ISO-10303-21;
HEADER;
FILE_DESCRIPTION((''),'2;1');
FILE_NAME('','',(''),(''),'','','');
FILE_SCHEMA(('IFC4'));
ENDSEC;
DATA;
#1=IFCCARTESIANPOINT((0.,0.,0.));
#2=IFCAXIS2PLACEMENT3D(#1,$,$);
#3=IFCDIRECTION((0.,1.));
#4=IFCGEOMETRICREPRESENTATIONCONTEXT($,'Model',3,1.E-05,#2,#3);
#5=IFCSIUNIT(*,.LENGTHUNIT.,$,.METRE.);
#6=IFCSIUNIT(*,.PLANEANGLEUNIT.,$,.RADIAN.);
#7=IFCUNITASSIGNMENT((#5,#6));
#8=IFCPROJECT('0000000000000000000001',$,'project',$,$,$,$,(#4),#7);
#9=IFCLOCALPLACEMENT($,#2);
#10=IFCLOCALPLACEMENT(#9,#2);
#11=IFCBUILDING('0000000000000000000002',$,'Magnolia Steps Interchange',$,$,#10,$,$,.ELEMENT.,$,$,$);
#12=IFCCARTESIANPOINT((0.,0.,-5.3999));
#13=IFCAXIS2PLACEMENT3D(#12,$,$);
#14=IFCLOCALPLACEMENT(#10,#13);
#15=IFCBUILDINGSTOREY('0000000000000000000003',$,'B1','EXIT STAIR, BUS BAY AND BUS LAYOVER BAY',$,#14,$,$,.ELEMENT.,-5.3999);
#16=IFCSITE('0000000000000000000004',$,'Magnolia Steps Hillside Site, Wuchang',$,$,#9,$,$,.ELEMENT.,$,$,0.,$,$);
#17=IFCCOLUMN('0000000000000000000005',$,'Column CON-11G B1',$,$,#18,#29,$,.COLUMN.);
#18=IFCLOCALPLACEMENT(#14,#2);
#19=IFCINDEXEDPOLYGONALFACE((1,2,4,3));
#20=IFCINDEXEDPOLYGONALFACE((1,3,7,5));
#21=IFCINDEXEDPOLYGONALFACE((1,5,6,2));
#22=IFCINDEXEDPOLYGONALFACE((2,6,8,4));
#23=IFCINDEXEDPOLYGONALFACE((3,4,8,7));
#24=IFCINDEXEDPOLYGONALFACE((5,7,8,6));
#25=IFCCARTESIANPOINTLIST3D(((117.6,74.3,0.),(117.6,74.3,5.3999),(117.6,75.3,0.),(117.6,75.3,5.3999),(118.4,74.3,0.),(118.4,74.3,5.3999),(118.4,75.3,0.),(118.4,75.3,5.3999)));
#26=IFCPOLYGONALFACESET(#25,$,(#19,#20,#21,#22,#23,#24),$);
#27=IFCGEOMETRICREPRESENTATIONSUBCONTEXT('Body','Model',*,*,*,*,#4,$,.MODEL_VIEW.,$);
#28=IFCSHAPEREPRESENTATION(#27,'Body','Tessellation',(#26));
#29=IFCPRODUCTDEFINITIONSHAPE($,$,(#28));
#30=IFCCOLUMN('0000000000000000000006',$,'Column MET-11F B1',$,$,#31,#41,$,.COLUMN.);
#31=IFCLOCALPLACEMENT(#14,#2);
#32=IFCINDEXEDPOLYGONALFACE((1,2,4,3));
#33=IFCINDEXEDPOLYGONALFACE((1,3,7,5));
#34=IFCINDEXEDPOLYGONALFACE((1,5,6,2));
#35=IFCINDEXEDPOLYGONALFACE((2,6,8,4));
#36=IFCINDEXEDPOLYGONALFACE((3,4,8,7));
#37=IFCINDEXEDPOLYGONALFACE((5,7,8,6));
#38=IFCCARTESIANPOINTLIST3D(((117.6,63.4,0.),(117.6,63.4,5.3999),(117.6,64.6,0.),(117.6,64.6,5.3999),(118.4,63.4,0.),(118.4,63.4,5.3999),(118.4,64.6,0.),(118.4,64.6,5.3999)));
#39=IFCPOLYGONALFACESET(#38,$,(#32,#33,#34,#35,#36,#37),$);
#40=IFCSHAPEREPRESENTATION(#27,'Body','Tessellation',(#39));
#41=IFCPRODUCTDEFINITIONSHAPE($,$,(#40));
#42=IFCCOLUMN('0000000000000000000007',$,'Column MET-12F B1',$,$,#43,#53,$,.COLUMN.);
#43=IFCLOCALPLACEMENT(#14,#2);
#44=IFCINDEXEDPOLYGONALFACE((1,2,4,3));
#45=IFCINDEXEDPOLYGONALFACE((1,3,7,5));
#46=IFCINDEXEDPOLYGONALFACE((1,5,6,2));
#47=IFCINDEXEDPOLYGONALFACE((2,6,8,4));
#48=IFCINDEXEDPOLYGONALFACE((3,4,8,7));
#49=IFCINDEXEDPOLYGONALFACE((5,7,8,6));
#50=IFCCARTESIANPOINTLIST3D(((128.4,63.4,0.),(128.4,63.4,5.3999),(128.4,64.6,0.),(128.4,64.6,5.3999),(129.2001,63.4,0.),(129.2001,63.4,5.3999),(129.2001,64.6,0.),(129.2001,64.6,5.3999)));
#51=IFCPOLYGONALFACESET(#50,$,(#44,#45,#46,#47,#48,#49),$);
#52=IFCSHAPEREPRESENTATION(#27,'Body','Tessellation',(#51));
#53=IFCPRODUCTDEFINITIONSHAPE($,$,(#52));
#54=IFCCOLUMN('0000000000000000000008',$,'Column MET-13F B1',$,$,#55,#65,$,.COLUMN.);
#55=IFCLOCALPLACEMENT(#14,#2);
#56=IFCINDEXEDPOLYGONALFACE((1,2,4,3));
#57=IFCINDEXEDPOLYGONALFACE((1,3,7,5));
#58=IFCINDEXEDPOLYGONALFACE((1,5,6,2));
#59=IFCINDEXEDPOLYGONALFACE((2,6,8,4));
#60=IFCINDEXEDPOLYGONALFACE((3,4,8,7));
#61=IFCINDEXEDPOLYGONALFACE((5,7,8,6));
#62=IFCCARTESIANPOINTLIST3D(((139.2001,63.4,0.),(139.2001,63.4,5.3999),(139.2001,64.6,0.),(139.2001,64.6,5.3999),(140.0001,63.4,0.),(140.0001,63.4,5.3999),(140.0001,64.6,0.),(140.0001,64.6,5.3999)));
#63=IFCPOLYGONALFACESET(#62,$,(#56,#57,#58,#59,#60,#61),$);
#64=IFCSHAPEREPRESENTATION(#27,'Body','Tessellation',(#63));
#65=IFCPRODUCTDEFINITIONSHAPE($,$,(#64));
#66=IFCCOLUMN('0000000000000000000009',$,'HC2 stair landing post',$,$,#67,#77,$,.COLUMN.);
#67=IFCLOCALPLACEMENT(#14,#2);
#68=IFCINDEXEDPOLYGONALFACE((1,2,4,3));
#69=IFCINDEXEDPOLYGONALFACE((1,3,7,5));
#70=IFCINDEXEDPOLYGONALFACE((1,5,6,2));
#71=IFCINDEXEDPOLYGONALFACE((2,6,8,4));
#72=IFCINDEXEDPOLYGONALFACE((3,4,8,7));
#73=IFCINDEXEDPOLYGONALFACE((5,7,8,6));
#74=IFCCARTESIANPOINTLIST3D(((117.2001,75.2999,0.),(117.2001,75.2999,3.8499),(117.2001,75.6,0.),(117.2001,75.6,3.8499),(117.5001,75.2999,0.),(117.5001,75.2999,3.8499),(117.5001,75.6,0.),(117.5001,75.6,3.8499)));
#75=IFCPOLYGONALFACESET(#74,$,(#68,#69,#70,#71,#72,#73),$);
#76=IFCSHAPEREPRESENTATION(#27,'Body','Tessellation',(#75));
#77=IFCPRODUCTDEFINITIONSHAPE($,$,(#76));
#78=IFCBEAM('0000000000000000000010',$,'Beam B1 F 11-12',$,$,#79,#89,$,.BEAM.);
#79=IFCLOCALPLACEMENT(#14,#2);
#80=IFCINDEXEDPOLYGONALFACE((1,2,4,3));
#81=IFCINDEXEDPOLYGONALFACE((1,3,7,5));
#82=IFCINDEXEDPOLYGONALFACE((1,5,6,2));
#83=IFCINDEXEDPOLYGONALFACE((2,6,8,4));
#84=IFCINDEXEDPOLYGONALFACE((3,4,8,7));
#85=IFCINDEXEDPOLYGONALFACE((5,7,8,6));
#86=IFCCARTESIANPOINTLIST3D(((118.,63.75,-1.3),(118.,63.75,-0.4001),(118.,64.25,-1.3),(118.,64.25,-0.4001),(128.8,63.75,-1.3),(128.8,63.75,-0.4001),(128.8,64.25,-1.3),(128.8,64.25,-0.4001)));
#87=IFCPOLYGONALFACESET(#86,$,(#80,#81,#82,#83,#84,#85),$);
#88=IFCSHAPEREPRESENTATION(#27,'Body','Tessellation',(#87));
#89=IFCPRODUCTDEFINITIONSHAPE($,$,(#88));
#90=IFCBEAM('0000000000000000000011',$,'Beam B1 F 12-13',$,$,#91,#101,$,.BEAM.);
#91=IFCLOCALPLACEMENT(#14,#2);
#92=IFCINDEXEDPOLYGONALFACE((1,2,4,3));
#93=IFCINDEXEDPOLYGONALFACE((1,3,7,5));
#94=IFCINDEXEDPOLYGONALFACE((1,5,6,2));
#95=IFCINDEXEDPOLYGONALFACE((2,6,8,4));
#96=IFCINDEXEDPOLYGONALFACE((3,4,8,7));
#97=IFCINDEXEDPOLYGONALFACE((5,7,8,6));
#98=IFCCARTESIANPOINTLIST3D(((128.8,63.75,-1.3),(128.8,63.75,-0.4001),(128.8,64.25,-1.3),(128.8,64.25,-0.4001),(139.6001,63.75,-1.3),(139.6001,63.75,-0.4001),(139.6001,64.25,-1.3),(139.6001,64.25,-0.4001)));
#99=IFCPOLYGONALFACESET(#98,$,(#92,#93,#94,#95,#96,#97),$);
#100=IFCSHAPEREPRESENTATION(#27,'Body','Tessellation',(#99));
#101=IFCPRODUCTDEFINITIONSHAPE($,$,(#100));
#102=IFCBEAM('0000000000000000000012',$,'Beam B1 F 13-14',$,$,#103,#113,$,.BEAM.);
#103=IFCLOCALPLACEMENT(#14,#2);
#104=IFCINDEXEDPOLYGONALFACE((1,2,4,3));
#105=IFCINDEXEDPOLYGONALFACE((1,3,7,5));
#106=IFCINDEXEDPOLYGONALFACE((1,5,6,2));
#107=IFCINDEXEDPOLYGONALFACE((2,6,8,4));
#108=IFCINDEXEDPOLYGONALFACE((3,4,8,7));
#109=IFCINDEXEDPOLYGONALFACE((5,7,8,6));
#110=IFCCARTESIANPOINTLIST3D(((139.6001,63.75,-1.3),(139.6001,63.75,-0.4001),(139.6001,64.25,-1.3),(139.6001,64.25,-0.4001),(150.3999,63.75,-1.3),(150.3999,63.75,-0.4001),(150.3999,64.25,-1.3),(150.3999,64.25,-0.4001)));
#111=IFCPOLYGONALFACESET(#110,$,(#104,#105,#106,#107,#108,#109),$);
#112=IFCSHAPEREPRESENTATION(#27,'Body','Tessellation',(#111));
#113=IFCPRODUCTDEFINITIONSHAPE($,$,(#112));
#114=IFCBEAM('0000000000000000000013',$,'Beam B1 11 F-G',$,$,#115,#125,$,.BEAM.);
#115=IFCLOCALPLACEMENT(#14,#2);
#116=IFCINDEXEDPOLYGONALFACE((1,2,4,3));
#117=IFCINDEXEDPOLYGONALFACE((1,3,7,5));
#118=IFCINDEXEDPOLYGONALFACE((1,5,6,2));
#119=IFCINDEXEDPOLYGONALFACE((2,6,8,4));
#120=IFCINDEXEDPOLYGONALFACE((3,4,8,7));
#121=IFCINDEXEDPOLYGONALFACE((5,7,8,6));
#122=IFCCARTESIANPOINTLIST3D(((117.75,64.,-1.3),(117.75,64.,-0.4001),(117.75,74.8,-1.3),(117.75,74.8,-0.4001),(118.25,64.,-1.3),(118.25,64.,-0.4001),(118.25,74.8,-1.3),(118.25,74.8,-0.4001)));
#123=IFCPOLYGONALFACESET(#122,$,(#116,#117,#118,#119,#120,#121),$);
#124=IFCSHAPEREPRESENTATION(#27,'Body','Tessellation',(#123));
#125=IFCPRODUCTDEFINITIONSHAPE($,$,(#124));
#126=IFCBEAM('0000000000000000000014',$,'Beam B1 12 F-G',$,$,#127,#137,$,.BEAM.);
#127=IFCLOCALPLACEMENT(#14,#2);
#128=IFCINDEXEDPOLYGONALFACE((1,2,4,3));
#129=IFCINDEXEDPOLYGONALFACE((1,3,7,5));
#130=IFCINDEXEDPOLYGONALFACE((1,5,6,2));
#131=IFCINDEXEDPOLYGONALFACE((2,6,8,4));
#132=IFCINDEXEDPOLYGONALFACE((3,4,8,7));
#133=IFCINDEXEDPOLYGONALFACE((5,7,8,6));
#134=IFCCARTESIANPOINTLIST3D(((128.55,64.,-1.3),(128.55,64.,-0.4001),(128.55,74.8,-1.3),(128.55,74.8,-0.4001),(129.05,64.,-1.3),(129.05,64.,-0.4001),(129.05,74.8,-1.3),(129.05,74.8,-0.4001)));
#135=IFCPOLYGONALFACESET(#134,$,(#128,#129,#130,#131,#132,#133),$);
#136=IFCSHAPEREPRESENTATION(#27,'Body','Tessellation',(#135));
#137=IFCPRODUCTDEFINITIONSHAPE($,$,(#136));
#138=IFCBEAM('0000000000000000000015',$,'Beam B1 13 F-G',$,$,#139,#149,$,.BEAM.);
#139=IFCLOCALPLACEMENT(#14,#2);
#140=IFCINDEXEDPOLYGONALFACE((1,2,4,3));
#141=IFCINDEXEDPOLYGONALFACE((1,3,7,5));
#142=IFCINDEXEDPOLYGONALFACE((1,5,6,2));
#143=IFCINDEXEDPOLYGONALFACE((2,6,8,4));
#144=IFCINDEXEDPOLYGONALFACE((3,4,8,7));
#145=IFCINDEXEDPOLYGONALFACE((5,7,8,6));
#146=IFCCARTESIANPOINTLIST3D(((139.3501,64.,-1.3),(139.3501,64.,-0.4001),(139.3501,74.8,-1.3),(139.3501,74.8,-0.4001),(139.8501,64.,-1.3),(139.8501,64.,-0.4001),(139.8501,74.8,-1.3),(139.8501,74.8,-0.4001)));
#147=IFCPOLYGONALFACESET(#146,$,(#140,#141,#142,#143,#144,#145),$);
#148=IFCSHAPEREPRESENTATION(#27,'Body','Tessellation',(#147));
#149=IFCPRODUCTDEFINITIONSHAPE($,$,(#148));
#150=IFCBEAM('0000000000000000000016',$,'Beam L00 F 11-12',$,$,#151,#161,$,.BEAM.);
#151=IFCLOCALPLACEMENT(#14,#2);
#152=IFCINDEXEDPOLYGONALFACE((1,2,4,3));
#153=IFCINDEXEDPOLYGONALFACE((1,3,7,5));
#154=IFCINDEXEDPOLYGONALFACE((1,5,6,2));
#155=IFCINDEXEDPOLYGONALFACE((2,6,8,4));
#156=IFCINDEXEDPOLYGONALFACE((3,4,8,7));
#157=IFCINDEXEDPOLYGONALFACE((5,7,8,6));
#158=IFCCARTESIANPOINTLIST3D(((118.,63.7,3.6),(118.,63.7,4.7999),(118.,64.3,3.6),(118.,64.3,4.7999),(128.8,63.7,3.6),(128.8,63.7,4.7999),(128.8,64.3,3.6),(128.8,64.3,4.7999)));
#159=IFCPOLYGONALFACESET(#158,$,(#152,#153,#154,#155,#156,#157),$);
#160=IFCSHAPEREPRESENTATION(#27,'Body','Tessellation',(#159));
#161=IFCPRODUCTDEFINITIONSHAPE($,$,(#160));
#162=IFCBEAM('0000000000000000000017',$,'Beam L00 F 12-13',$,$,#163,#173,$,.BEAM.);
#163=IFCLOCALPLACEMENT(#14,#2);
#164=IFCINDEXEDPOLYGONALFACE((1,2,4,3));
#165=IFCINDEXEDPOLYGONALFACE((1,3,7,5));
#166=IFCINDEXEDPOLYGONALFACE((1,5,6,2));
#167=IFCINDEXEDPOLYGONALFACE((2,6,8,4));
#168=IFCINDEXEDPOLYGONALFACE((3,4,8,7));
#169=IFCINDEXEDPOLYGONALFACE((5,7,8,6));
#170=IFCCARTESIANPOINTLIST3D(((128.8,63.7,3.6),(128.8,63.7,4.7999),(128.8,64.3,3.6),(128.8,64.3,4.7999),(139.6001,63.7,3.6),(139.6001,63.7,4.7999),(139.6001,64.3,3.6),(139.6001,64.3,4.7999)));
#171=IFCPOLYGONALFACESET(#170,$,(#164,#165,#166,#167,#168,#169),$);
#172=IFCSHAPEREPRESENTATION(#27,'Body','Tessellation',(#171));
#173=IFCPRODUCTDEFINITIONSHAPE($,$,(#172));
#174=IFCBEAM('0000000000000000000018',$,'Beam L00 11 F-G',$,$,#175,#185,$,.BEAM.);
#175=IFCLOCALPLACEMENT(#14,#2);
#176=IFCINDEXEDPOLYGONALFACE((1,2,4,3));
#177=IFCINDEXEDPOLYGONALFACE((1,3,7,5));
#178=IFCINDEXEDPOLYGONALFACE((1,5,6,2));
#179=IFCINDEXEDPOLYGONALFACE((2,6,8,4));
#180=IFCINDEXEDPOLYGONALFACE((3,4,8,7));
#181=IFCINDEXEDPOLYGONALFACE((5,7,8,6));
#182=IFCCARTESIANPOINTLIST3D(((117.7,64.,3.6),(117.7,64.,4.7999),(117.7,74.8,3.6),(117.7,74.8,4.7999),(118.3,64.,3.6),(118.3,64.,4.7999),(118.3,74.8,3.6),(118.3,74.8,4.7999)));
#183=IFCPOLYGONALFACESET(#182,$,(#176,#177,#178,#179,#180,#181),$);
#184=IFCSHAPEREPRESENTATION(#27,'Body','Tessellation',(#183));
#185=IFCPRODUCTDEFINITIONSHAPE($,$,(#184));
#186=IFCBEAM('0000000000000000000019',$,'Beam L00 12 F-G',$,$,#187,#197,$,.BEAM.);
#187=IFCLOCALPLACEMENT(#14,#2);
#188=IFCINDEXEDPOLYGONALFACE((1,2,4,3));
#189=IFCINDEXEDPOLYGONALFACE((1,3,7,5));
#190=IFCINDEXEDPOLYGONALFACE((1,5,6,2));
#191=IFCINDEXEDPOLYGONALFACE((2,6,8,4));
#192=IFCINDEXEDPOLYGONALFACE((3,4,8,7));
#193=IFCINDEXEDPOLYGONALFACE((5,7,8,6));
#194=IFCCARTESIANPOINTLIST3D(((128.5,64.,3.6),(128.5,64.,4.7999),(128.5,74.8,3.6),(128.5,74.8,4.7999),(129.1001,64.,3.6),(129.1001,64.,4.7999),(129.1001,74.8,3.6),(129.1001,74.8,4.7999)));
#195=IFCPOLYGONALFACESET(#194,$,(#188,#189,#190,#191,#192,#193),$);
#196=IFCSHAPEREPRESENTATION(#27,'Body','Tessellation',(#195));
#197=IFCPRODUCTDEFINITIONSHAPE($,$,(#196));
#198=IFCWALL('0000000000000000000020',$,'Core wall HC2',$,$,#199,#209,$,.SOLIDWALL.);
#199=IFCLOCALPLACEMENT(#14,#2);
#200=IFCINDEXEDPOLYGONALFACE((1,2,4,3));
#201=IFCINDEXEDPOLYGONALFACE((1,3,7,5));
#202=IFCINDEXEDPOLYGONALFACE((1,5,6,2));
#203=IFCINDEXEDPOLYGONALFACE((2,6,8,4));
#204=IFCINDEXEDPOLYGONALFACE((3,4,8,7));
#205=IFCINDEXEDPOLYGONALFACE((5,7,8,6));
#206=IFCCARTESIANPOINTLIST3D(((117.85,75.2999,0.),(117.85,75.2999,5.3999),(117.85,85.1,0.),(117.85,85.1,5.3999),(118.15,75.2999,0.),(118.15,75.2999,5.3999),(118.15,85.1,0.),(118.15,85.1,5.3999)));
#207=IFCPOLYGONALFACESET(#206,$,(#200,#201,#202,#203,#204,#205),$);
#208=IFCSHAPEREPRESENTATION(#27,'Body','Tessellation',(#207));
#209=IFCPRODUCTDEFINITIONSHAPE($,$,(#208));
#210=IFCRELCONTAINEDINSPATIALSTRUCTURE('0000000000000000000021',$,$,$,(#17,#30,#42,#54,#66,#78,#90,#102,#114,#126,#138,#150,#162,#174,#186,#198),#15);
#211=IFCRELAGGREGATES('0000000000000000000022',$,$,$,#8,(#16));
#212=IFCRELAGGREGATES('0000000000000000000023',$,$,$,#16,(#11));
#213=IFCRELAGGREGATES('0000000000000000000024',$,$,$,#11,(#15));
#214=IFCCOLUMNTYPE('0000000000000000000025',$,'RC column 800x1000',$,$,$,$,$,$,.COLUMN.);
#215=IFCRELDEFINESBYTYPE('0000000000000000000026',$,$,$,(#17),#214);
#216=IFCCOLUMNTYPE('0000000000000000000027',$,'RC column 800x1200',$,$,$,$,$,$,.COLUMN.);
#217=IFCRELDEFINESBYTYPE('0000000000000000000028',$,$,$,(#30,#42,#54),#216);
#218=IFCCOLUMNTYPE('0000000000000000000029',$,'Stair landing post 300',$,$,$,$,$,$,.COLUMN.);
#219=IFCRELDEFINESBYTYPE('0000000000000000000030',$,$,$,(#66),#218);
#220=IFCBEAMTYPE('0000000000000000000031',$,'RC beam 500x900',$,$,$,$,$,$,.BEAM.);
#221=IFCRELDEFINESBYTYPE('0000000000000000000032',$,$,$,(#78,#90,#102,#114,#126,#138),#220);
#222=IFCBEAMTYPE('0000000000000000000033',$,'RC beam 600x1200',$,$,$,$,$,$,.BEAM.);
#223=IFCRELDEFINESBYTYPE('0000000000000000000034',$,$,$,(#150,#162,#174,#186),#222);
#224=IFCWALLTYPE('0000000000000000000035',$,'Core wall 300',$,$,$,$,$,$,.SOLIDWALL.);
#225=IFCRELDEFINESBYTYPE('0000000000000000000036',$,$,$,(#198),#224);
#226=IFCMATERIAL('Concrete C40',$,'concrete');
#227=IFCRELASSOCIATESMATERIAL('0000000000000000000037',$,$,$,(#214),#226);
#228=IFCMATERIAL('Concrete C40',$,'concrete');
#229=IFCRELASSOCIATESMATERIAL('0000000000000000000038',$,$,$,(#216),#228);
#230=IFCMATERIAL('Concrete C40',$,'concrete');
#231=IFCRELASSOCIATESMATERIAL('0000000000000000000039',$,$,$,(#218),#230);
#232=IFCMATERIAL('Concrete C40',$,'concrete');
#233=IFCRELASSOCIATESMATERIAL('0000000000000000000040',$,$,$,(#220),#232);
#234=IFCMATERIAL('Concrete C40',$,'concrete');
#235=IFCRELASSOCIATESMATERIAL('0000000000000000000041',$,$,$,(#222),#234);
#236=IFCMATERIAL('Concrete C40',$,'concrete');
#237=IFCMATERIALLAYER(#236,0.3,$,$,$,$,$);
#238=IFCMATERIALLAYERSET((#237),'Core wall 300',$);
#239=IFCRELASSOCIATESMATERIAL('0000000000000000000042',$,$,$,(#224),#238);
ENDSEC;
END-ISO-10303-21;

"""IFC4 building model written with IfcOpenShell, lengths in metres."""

from ifc_helpers import new_model, si_unit, direction, frame, frame_2d, origin, origin_2d, place, context, subcontext, project, spatial, rectangle, extrude, material, layer, layer_set, material_profile, profile_set, type_object, element, save


model = new_model("IFC4")

# Units and contexts
model_context = context("Model", 3, precision=1e-05, world=origin(), true_north=direction((0.0, 1.0)))
body_context = subcontext(model_context, "Body", "Model", "MODEL_VIEW")
ifc_project = project(units=[si_unit("LENGTHUNIT", "METRE"), si_unit("PLANEANGLEUNIT", "RADIAN")], contexts=[model_context])

# Site, building, storey
site_placement = place(None, origin())
site = spatial("IfcSite", under=ifc_project, at=site_placement, Name="Magnolia Steps Hillside Site, Wuchang", CompositionType="ELEMENT", RefElevation=0.0)
building_placement = place(site_placement, origin())
building = spatial("IfcBuilding", under=site, at=building_placement, Name="Magnolia Steps Interchange", CompositionType="ELEMENT")
storey_placement = place(building_placement, frame((0.0, 0.0, -5.3999)))
storey = spatial("IfcBuildingStorey", under=building, at=storey_placement, Name="B1", Description="EXIT STAIR, BUS BAY AND BUS LAYOVER BAY", CompositionType="ELEMENT", Elevation=-5.3999)

# Columns
ifc_material_1 = material(Name="Concrete C40", Category="concrete")
ifc_material_profile_1 = material_profile(ifc_material_1, rectangle(XDim=0.8, YDim=1.0, at=origin_2d()), Name="RC800x1000")
ifc_profile_set_1 = profile_set([ifc_material_profile_1], Name="Concrete C40")
column_type_1 = type_object("IfcColumnType", Name="RC column 800x1000", PredefinedType="COLUMN", material=ifc_profile_set_1)
column_1_placement = place(storey_placement, frame((118.0, 74.8, 0.0), z_axis=(0.0, 0.0, 1.0), x_axis=(1.0, 0.0, 0.0)))
element("IfcColumn", 1, at=column_1_placement, inside=storey, type_object=column_type_1, Name="Column CON-11G B1", PredefinedType="COLUMN", context=body_context, shape_type="SweptSolid", body=[
    extrude(rectangle(XDim=0.8, YDim=1.0, at=origin_2d()), origin(), (0.0, 0.0, 1.0), 5.3999),
])
ifc_material_2 = material(Name="Concrete C40", Category="concrete")
ifc_material_profile_2 = material_profile(ifc_material_2, rectangle(XDim=0.8, YDim=1.2, at=origin_2d()), Name="RC800x1200")
ifc_profile_set_2 = profile_set([ifc_material_profile_2], Name="Concrete C40")
column_type_2 = type_object("IfcColumnType", Name="RC column 800x1200", PredefinedType="COLUMN", material=ifc_profile_set_2)
for number, where, z_axis, x_axis, name in (
    (2, (118.0, 64.0, 0.0), (0.0, 0.0, 1.0), (1.0, 0.0, 0.0), "Column MET-11F B1"),
    (3, (128.8, 64.0, 0.0), (0.0, 0.0, 1.0), (1.0, 0.0, 0.0), "Column MET-12F B1"),
    (4, (139.6001, 64.0, 0.0), (0.0, 0.0, 1.0), (1.0, 0.0, 0.0), "Column MET-13F B1"),
):
    element("IfcColumn", number, at=place(storey_placement, frame(where, z_axis=z_axis, x_axis=x_axis)), inside=storey, type_object=column_type_2, Name=name, PredefinedType="COLUMN", context=body_context, shape_type="SweptSolid", body=[
        extrude(rectangle(XDim=0.8, YDim=1.2, at=origin_2d()), origin(), (0.0, 0.0, 1.0), 5.3999),
    ])
ifc_material_3 = material(Name="Concrete C40", Category="concrete")
ifc_material_profile_3 = material_profile(ifc_material_3, rectangle(XDim=0.3, YDim=0.3, at=origin_2d()), Name="RC300x300")
ifc_profile_set_3 = profile_set([ifc_material_profile_3], Name="Concrete C40")
column_type_3 = type_object("IfcColumnType", Name="Stair landing post 300", PredefinedType="COLUMN", material=ifc_profile_set_3)
column_2_placement = place(storey_placement, frame((117.3501, 75.45, 0.0), z_axis=(0.0, 0.0, 1.0), x_axis=(1.0, 0.0, 0.0)))
element("IfcColumn", 5, at=column_2_placement, inside=storey, type_object=column_type_3, Name="HC2 stair landing post", PredefinedType="COLUMN", context=body_context, shape_type="SweptSolid", body=[
    extrude(rectangle(XDim=0.3, YDim=0.3, at=origin_2d()), origin(), (0.0, 0.0, 1.0), 3.8499),
])

# Beams
ifc_material_4 = material(Name="Concrete C40", Category="concrete")
ifc_material_profile_4 = material_profile(ifc_material_4, rectangle(XDim=0.5, YDim=0.8999, at=origin_2d()), Name="RC500x900")
ifc_profile_set_4 = profile_set([ifc_material_profile_4], Name="Concrete C40")
beam_type_1 = type_object("IfcBeamType", Name="RC beam 500x900", PredefinedType="BEAM", material=ifc_profile_set_4)
for number, where, z_axis, x_axis, name in (
    (6, (118.0, 64.0, -0.8501), (1.0, 0.0, 0.0), (0.0, 1.0, 0.0), "Beam B1 F 11-12"),
    (7, (128.8, 64.0, -0.8501), (1.0, 0.0, 0.0), (0.0, 1.0, 0.0), "Beam B1 F 12-13"),
):
    element("IfcBeam", number, at=place(storey_placement, frame(where, z_axis=z_axis, x_axis=x_axis)), inside=storey, type_object=beam_type_1, Name=name, PredefinedType="BEAM", context=body_context, shape_type="SweptSolid", body=[
        extrude(rectangle(XDim=0.5, YDim=0.8999, at=origin_2d()), origin(), (0.0, 0.0, 1.0), 10.8),
    ])
beam_placement = place(storey_placement, frame((139.6001, 64.0, -0.8501), z_axis=(1.0, 0.0, 0.0), x_axis=(0.0, 1.0, 0.0)))
element("IfcBeam", 8, at=beam_placement, inside=storey, type_object=beam_type_1, Name="Beam B1 F 13-14", PredefinedType="BEAM", context=body_context, shape_type="SweptSolid", body=[
    extrude(rectangle(XDim=0.5, YDim=0.8999, at=origin_2d()), origin(), (0.0, 0.0, 1.0), 10.7998),
])
for number, where, z_axis, x_axis, name in (
    (9, (118.0, 64.0, -0.8501), (0.0, 1.0, 0.0), (-1.0, 0.0, 0.0), "Beam B1 11 F-G"),
    (10, (128.8, 64.0, -0.8501), (0.0, 1.0, 0.0), (-1.0, 0.0, 0.0), "Beam B1 12 F-G"),
    (11, (139.6001, 64.0, -0.8501), (0.0, 1.0, 0.0), (-1.0, 0.0, 0.0), "Beam B1 13 F-G"),
):
    element("IfcBeam", number, at=place(storey_placement, frame(where, z_axis=z_axis, x_axis=x_axis)), inside=storey, type_object=beam_type_1, Name=name, PredefinedType="BEAM", context=body_context, shape_type="SweptSolid", body=[
        extrude(rectangle(XDim=0.5, YDim=0.8999, at=origin_2d()), origin(), (0.0, 0.0, 1.0), 10.8),
    ])
ifc_material_5 = material(Name="Concrete C40", Category="concrete")
ifc_material_profile_5 = material_profile(ifc_material_5, rectangle(XDim=0.6001, YDim=1.2, at=origin_2d()), Name="RC600x1200")
ifc_profile_set_5 = profile_set([ifc_material_profile_5], Name="Concrete C40")
beam_type_2 = type_object("IfcBeamType", Name="RC beam 600x1200", PredefinedType="BEAM", material=ifc_profile_set_5)
for number, where, z_axis, x_axis, name in (
    (12, (118.0, 64.0, 4.2), (1.0, 0.0, 0.0), (0.0, 1.0, 0.0), "Beam L00 F 11-12"),
    (13, (128.8, 64.0, 4.2), (1.0, 0.0, 0.0), (0.0, 1.0, 0.0), "Beam L00 F 12-13"),
    (14, (118.0, 64.0, 4.2), (0.0, 1.0, 0.0), (-1.0, 0.0, 0.0), "Beam L00 11 F-G"),
    (15, (128.8, 64.0, 4.2), (0.0, 1.0, 0.0), (-1.0, 0.0, 0.0), "Beam L00 12 F-G"),
):
    element("IfcBeam", number, at=place(storey_placement, frame(where, z_axis=z_axis, x_axis=x_axis)), inside=storey, type_object=beam_type_2, Name=name, PredefinedType="BEAM", context=body_context, shape_type="SweptSolid", body=[
        extrude(rectangle(XDim=0.6001, YDim=1.2, at=origin_2d()), origin(), (0.0, 0.0, 1.0), 10.8),
    ])

# Wall
ifc_material_6 = material(Name="Concrete C40", Category="concrete")
ifc_layer_1 = layer(ifc_material_6, 0.3)
ifc_layer_set_1 = layer_set([ifc_layer_1], Name="Core wall 300")
wall_type_1 = type_object("IfcWallType", Name="Core wall 300", PredefinedType="SOLIDWALL", material=ifc_layer_set_1)
wall_1_placement = place(storey_placement, frame((118.0, 75.3, 0.0), z_axis=(0.0, 0.0, 1.0), x_axis=(0.0, 1.0, 0.0)))
element("IfcWall", 16, at=wall_1_placement, inside=storey, type_object=wall_type_1, Name="Core wall HC2", PredefinedType="SOLIDWALL", context=body_context, shape_type="SweptSolid", body=[
    extrude(rectangle(XDim=9.8, YDim=0.3, at=frame_2d((4.8999, 0.0))), origin(), (0.0, 0.0, 1.0), 5.3999),
])

save(model, "model.ifc")
